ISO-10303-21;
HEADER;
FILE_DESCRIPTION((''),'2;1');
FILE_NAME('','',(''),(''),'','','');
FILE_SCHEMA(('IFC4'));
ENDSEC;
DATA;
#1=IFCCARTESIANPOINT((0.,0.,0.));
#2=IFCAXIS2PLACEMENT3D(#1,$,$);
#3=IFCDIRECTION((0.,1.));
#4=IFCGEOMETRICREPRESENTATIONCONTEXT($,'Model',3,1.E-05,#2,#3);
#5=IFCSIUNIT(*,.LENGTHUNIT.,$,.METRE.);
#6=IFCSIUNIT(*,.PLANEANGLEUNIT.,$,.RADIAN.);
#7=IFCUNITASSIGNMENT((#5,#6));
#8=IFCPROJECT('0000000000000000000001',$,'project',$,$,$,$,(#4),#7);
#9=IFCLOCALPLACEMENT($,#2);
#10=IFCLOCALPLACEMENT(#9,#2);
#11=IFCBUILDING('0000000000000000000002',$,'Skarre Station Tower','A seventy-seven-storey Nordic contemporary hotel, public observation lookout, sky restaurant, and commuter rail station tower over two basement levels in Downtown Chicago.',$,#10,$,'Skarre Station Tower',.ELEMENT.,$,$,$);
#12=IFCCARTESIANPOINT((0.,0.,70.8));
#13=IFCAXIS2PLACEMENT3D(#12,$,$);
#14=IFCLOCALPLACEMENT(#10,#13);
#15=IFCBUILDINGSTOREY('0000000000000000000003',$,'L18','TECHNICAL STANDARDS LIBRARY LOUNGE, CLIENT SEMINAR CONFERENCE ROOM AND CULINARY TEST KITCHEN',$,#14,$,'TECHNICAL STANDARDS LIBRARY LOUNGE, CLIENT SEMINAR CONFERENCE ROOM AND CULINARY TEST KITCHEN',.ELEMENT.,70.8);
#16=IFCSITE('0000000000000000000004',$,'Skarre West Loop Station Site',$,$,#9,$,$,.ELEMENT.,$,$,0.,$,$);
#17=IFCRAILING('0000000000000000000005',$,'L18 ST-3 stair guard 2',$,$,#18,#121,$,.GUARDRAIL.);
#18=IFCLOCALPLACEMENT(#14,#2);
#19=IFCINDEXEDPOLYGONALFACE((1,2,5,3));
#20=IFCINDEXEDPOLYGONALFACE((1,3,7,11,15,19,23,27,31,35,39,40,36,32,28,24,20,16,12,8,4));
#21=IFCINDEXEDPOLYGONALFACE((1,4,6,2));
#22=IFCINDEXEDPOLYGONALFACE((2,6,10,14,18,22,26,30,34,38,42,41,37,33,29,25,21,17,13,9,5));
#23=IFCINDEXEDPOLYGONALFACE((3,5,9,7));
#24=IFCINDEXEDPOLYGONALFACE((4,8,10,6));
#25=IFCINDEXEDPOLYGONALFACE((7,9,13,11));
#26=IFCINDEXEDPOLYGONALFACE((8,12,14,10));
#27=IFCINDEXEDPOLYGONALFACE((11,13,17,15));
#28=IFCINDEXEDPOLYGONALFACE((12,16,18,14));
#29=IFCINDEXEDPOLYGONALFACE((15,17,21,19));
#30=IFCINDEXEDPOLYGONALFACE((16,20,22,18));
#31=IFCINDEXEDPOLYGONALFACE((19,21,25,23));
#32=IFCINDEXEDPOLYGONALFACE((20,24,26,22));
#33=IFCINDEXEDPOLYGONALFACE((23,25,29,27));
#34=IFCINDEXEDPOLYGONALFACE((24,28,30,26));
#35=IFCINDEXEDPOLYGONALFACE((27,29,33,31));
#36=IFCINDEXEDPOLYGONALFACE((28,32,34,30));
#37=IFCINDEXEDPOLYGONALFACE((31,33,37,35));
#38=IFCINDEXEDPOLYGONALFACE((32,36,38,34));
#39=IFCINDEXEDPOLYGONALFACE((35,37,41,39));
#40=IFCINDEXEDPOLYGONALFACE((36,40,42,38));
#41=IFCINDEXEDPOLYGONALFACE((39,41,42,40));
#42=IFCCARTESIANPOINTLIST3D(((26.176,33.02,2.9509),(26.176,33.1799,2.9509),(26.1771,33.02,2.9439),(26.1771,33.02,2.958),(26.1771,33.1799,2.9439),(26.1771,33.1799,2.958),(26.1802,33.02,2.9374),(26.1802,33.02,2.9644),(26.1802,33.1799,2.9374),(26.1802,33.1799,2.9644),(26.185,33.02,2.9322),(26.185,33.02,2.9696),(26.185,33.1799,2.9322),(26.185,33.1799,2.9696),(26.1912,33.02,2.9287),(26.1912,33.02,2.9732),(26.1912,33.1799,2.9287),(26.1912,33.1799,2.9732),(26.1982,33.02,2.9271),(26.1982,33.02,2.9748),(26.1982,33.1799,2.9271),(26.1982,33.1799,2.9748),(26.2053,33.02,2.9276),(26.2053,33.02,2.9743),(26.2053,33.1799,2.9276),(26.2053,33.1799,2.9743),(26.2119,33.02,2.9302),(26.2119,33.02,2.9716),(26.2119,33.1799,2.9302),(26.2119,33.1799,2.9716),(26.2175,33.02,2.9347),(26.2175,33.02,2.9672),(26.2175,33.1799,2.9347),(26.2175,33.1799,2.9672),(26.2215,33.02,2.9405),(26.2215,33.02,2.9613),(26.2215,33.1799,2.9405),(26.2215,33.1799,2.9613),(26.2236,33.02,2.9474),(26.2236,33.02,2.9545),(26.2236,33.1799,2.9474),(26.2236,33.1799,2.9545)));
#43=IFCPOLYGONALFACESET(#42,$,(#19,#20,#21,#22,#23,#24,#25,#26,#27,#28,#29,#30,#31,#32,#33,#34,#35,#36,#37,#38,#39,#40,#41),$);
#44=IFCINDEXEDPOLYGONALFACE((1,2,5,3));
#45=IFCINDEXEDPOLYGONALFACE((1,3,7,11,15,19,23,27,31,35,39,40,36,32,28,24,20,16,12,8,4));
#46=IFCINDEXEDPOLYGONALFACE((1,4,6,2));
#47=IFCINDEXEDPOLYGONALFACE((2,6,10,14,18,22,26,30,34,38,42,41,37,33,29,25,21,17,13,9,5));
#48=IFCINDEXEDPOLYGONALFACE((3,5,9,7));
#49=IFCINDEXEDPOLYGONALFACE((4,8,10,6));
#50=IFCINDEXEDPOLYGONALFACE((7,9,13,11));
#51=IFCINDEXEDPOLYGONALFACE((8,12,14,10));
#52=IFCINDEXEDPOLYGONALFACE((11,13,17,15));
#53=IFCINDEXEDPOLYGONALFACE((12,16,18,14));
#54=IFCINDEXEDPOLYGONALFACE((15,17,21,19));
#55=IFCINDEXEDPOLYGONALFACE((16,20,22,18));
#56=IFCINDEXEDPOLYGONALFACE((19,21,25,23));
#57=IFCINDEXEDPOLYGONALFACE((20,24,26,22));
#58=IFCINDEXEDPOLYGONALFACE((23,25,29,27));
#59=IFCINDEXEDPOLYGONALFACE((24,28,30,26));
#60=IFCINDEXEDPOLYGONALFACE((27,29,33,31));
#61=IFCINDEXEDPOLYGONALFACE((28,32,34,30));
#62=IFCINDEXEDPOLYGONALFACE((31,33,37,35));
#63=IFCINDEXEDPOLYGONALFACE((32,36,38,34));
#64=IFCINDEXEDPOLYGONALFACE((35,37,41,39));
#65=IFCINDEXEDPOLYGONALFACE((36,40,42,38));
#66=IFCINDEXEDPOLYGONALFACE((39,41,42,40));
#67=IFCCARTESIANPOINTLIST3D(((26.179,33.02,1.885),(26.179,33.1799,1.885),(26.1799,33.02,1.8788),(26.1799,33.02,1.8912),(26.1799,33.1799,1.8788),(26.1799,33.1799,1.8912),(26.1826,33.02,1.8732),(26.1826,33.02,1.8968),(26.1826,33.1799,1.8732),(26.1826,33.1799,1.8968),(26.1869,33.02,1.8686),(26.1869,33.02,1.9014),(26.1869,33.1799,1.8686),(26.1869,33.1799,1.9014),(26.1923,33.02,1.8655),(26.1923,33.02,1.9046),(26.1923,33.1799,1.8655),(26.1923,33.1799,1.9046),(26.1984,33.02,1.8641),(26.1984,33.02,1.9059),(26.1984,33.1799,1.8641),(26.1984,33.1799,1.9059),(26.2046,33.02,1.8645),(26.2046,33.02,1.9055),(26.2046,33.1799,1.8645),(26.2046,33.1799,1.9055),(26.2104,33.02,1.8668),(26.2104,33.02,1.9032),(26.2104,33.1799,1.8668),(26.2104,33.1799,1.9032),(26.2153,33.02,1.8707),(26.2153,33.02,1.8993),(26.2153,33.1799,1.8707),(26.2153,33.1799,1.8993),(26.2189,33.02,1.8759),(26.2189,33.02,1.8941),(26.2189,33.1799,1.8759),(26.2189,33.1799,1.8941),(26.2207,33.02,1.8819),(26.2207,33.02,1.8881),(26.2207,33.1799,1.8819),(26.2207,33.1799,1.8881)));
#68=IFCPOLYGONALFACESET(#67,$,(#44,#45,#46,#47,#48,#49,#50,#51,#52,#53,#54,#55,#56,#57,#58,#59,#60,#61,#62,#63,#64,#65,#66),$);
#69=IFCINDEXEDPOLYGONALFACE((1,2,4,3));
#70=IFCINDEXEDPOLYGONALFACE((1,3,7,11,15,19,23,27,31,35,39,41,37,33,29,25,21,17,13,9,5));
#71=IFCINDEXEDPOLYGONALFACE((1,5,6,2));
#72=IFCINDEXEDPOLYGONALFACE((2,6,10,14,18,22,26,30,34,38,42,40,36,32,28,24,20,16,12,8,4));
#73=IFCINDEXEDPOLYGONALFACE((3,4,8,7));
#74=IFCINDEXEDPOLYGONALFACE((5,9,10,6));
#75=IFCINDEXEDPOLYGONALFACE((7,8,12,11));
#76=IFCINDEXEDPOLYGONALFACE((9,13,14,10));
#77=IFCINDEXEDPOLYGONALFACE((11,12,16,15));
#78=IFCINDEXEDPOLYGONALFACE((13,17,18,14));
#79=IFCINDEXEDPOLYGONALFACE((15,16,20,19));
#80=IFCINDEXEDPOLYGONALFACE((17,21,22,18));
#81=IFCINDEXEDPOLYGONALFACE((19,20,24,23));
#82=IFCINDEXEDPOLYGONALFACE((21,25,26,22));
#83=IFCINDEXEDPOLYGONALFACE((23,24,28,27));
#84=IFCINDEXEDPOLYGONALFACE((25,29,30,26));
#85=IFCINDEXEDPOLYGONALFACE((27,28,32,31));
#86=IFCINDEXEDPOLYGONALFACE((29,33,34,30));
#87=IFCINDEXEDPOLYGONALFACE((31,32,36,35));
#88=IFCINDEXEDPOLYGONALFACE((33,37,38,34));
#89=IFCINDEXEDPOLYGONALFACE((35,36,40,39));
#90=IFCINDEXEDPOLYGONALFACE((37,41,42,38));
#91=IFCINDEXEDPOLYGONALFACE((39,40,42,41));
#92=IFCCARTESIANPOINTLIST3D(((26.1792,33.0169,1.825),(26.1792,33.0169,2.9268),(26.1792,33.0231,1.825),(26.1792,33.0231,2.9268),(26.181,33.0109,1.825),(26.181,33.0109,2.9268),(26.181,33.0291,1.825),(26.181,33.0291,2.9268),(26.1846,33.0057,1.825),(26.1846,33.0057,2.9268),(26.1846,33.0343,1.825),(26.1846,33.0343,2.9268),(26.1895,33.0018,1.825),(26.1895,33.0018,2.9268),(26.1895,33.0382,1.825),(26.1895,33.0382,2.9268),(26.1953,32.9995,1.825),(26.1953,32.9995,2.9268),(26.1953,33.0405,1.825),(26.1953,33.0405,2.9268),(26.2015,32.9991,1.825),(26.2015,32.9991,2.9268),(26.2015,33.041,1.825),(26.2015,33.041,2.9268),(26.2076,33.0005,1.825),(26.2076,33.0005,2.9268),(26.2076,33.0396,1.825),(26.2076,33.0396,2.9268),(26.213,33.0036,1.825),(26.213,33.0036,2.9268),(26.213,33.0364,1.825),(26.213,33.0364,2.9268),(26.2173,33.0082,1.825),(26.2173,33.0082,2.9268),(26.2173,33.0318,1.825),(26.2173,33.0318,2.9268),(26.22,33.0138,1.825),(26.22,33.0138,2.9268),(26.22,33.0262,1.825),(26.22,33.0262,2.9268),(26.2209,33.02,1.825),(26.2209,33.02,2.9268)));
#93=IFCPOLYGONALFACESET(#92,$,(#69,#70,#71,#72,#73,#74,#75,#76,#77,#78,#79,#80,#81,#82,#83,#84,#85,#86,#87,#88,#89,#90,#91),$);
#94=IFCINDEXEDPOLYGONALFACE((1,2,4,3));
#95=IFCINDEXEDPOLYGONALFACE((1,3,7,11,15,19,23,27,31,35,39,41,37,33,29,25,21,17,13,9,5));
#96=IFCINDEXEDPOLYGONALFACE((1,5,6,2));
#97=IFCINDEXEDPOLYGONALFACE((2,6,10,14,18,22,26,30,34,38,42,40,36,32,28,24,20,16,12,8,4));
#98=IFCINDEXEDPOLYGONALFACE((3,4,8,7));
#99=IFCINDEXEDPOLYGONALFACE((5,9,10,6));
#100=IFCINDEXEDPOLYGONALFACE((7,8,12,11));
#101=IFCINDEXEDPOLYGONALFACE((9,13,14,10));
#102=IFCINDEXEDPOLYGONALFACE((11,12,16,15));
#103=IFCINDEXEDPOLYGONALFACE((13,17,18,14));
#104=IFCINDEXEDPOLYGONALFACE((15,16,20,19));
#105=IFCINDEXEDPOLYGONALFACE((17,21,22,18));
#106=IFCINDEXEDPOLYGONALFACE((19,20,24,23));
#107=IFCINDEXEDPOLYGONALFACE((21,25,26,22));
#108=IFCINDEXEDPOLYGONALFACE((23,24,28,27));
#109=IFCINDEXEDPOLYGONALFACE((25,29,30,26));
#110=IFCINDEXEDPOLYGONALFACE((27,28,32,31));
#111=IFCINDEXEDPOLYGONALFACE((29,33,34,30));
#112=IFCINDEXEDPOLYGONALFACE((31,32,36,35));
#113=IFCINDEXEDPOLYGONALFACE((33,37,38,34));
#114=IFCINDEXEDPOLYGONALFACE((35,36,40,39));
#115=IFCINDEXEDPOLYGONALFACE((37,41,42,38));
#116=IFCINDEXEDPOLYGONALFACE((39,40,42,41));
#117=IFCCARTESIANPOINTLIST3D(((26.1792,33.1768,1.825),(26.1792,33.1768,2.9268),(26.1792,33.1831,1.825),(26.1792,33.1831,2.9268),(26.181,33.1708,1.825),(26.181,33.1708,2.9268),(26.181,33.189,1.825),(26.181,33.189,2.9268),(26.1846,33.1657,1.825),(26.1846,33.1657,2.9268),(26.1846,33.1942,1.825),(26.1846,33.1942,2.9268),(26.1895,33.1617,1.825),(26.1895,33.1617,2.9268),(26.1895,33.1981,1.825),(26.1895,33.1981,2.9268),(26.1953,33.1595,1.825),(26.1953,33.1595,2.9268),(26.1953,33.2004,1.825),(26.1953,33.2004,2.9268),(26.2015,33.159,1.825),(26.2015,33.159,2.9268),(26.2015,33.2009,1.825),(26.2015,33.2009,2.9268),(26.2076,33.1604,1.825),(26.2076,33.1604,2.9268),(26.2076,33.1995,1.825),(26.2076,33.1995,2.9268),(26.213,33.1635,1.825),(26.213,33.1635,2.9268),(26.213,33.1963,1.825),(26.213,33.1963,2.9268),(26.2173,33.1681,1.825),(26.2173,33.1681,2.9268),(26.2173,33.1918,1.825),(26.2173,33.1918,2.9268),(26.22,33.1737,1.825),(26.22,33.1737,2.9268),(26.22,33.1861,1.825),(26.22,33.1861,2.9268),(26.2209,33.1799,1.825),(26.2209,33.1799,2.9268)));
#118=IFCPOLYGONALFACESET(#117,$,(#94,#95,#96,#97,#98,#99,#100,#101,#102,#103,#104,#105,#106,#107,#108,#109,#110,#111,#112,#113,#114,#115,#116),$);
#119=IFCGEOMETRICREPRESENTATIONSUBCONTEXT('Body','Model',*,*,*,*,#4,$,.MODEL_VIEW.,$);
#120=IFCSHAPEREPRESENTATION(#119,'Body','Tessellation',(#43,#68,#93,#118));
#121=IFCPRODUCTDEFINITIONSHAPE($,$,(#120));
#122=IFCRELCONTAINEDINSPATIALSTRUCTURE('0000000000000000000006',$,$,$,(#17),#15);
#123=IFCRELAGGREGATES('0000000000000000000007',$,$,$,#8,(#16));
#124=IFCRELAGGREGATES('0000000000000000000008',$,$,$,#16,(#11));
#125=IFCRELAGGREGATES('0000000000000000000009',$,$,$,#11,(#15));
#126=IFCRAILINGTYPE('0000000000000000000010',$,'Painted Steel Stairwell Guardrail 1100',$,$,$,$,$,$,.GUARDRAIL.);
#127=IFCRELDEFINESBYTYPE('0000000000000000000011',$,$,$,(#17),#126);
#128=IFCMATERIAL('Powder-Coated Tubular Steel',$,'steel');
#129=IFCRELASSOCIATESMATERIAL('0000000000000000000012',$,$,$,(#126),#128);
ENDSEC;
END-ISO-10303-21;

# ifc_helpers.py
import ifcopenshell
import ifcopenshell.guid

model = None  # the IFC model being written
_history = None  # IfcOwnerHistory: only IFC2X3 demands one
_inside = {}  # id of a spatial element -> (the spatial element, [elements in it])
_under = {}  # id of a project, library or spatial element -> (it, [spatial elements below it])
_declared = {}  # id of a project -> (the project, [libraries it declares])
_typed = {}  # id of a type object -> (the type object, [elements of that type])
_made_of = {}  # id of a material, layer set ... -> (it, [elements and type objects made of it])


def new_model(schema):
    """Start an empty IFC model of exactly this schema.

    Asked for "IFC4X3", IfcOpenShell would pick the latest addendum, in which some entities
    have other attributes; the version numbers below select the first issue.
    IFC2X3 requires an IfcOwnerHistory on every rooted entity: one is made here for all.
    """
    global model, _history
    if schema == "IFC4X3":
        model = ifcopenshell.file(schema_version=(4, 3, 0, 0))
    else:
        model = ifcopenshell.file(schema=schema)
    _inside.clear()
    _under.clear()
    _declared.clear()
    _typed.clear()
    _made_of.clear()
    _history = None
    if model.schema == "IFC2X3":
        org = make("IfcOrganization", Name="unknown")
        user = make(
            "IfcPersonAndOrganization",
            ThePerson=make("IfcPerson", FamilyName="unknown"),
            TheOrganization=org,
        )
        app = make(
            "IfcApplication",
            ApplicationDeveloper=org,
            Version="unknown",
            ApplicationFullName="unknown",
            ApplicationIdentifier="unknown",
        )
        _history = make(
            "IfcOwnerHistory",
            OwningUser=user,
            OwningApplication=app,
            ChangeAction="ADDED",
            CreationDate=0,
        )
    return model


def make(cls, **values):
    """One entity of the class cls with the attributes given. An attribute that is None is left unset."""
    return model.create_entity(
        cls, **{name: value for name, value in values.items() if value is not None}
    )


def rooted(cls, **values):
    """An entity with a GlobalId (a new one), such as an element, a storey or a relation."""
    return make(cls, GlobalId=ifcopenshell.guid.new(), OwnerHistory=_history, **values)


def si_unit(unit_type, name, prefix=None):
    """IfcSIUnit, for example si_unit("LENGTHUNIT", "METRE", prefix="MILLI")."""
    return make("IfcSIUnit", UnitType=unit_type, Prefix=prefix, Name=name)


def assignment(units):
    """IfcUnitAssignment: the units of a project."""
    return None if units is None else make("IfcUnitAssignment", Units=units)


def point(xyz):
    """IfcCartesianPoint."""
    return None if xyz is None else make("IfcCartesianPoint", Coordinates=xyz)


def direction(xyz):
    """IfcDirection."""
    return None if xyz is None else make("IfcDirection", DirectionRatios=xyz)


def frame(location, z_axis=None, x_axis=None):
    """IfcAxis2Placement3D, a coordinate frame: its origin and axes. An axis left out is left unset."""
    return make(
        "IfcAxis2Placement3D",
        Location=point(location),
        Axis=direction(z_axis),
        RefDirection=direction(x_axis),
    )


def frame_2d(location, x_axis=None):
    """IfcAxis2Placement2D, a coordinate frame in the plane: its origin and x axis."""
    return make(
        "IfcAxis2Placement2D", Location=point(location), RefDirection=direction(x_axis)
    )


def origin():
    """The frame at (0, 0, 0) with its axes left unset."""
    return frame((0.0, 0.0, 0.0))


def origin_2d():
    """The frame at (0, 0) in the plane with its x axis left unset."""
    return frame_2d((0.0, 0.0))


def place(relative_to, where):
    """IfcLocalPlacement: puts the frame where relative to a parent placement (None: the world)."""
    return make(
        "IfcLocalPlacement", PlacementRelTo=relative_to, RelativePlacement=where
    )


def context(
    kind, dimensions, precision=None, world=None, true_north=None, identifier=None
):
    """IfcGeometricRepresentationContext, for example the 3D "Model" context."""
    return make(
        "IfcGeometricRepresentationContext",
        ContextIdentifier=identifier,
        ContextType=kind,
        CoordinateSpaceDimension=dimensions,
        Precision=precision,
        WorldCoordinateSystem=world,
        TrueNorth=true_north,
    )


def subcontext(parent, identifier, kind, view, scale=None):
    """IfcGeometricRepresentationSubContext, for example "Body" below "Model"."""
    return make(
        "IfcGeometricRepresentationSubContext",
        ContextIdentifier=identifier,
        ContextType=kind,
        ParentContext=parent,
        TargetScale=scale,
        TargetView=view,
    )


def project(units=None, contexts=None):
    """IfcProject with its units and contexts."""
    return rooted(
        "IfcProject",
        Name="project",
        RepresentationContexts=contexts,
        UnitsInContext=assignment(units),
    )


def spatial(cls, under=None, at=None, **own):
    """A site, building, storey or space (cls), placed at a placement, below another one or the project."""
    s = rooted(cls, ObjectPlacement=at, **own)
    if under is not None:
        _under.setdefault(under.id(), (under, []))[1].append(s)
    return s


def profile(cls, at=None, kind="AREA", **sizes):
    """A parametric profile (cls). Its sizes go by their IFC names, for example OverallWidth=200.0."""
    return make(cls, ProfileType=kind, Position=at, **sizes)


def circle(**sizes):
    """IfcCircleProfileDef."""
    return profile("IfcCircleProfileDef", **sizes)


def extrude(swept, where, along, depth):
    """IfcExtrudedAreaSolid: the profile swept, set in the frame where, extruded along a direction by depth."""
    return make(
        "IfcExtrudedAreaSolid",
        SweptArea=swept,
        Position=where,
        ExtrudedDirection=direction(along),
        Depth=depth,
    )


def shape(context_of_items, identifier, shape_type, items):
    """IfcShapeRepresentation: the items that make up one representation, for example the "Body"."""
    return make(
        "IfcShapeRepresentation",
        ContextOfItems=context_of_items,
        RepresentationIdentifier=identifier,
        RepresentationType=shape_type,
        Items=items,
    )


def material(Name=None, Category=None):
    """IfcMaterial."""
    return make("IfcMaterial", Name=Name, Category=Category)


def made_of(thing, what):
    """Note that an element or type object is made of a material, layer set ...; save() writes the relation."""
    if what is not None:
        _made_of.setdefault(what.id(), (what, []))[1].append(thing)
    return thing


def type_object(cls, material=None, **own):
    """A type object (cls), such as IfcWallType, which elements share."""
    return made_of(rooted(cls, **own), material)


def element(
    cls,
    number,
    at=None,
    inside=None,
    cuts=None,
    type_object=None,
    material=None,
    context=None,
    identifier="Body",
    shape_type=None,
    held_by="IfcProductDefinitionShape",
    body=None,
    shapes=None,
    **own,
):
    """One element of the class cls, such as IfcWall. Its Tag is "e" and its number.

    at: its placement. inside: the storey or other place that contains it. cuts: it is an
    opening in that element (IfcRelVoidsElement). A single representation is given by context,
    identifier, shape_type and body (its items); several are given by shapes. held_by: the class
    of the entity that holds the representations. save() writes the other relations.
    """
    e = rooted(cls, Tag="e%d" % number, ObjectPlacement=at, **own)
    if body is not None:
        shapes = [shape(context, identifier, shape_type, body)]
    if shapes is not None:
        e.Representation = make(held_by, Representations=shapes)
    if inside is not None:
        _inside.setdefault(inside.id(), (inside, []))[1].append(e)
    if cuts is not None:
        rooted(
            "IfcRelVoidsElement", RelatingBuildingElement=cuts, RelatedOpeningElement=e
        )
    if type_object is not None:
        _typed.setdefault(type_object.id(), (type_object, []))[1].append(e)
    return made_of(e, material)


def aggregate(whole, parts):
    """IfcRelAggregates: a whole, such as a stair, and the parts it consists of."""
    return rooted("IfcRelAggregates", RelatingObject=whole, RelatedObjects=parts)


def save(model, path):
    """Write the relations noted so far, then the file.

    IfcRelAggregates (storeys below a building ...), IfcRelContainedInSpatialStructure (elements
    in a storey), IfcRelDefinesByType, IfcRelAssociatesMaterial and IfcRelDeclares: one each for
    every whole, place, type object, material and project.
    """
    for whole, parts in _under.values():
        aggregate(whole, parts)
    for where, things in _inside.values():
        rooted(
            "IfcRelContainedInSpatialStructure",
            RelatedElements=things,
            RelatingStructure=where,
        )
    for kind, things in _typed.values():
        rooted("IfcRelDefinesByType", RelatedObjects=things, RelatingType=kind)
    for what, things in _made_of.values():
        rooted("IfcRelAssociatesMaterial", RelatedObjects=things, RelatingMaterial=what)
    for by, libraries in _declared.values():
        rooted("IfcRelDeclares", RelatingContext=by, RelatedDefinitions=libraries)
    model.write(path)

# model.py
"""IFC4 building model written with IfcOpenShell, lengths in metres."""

from ifc_helpers import new_model, si_unit, direction, frame, origin, origin_2d, place, context, subcontext, project, spatial, circle, extrude, material, type_object, element, save


model = new_model("IFC4")

# Units and contexts
model_context = context("Model", 3, precision=1e-05, world=origin(), true_north=direction((0.0, 1.0)))
body_context = subcontext(model_context, "Body", "Model", "MODEL_VIEW")
ifc_project = project(units=[si_unit("LENGTHUNIT", "METRE"), si_unit("PLANEANGLEUNIT", "RADIAN")], contexts=[model_context])

# Site, building, storey
site_placement = place(None, origin())
site = spatial("IfcSite", under=ifc_project, at=site_placement, Name="Skarre West Loop Station Site", CompositionType="ELEMENT", RefElevation=0.0)
building_placement = place(site_placement, origin())
building = spatial("IfcBuilding", under=site, at=building_placement, Name="Skarre Station Tower", Description="A seventy-seven-storey Nordic contemporary hotel, public observation lookout, sky restaurant, and commuter rail station tower over two basement levels in Downtown Chicago.", LongName="Skarre Station Tower", CompositionType="ELEMENT")
storey_placement = place(building_placement, frame((0.0, 0.0, 70.8)))
storey = spatial("IfcBuildingStorey", under=building, at=storey_placement, Name="L18", Description="TECHNICAL STANDARDS LIBRARY LOUNGE, CLIENT SEMINAR CONFERENCE ROOM AND CULINARY TEST KITCHEN", LongName="TECHNICAL STANDARDS LIBRARY LOUNGE, CLIENT SEMINAR CONFERENCE ROOM AND CULINARY TEST KITCHEN", CompositionType="ELEMENT", Elevation=70.8)

# Railing
ifc_material_1 = material(Name="Powder-Coated Tubular Steel", Category="steel")
railing_type_1 = type_object("IfcRailingType", Name="Painted Steel Stairwell Guardrail 1100", PredefinedType="GUARDRAIL", material=ifc_material_1)
railing_1_placement = place(storey_placement, frame((26.2, 33.02, 1.825)))
element("IfcRailing", 1, at=railing_1_placement, inside=storey, type_object=railing_type_1, Name="L18 ST-3 stair guard 2", PredefinedType="GUARDRAIL", context=body_context, shape_type="SweptSolid", body=[
    extrude(circle(Radius=0.0239, at=origin_2d()), frame((0.0, 0.0, 1.126), z_axis=(0.0, 1.0, 0.0), x_axis=(-1.0, 0.0, 0.0)), (0.0, 0.0, 1.0), 0.1599),
    extrude(circle(Radius=0.021, at=origin_2d()), frame((0.0, 0.0, 0.0601), z_axis=(0.0, 1.0, 0.0), x_axis=(-1.0, 0.0, 0.0)), (0.0, 0.0, 1.0), 0.1599),
    extrude(circle(Radius=0.021, at=origin_2d()), origin(), (0.0, 0.0, 1.0), 1.1018),
    extrude(circle(Radius=0.021, at=origin_2d()), frame((0.0, 0.1599, 0.0)), (0.0, 0.0, 1.0), 1.1018),
])

save(model, "model.ifc")
